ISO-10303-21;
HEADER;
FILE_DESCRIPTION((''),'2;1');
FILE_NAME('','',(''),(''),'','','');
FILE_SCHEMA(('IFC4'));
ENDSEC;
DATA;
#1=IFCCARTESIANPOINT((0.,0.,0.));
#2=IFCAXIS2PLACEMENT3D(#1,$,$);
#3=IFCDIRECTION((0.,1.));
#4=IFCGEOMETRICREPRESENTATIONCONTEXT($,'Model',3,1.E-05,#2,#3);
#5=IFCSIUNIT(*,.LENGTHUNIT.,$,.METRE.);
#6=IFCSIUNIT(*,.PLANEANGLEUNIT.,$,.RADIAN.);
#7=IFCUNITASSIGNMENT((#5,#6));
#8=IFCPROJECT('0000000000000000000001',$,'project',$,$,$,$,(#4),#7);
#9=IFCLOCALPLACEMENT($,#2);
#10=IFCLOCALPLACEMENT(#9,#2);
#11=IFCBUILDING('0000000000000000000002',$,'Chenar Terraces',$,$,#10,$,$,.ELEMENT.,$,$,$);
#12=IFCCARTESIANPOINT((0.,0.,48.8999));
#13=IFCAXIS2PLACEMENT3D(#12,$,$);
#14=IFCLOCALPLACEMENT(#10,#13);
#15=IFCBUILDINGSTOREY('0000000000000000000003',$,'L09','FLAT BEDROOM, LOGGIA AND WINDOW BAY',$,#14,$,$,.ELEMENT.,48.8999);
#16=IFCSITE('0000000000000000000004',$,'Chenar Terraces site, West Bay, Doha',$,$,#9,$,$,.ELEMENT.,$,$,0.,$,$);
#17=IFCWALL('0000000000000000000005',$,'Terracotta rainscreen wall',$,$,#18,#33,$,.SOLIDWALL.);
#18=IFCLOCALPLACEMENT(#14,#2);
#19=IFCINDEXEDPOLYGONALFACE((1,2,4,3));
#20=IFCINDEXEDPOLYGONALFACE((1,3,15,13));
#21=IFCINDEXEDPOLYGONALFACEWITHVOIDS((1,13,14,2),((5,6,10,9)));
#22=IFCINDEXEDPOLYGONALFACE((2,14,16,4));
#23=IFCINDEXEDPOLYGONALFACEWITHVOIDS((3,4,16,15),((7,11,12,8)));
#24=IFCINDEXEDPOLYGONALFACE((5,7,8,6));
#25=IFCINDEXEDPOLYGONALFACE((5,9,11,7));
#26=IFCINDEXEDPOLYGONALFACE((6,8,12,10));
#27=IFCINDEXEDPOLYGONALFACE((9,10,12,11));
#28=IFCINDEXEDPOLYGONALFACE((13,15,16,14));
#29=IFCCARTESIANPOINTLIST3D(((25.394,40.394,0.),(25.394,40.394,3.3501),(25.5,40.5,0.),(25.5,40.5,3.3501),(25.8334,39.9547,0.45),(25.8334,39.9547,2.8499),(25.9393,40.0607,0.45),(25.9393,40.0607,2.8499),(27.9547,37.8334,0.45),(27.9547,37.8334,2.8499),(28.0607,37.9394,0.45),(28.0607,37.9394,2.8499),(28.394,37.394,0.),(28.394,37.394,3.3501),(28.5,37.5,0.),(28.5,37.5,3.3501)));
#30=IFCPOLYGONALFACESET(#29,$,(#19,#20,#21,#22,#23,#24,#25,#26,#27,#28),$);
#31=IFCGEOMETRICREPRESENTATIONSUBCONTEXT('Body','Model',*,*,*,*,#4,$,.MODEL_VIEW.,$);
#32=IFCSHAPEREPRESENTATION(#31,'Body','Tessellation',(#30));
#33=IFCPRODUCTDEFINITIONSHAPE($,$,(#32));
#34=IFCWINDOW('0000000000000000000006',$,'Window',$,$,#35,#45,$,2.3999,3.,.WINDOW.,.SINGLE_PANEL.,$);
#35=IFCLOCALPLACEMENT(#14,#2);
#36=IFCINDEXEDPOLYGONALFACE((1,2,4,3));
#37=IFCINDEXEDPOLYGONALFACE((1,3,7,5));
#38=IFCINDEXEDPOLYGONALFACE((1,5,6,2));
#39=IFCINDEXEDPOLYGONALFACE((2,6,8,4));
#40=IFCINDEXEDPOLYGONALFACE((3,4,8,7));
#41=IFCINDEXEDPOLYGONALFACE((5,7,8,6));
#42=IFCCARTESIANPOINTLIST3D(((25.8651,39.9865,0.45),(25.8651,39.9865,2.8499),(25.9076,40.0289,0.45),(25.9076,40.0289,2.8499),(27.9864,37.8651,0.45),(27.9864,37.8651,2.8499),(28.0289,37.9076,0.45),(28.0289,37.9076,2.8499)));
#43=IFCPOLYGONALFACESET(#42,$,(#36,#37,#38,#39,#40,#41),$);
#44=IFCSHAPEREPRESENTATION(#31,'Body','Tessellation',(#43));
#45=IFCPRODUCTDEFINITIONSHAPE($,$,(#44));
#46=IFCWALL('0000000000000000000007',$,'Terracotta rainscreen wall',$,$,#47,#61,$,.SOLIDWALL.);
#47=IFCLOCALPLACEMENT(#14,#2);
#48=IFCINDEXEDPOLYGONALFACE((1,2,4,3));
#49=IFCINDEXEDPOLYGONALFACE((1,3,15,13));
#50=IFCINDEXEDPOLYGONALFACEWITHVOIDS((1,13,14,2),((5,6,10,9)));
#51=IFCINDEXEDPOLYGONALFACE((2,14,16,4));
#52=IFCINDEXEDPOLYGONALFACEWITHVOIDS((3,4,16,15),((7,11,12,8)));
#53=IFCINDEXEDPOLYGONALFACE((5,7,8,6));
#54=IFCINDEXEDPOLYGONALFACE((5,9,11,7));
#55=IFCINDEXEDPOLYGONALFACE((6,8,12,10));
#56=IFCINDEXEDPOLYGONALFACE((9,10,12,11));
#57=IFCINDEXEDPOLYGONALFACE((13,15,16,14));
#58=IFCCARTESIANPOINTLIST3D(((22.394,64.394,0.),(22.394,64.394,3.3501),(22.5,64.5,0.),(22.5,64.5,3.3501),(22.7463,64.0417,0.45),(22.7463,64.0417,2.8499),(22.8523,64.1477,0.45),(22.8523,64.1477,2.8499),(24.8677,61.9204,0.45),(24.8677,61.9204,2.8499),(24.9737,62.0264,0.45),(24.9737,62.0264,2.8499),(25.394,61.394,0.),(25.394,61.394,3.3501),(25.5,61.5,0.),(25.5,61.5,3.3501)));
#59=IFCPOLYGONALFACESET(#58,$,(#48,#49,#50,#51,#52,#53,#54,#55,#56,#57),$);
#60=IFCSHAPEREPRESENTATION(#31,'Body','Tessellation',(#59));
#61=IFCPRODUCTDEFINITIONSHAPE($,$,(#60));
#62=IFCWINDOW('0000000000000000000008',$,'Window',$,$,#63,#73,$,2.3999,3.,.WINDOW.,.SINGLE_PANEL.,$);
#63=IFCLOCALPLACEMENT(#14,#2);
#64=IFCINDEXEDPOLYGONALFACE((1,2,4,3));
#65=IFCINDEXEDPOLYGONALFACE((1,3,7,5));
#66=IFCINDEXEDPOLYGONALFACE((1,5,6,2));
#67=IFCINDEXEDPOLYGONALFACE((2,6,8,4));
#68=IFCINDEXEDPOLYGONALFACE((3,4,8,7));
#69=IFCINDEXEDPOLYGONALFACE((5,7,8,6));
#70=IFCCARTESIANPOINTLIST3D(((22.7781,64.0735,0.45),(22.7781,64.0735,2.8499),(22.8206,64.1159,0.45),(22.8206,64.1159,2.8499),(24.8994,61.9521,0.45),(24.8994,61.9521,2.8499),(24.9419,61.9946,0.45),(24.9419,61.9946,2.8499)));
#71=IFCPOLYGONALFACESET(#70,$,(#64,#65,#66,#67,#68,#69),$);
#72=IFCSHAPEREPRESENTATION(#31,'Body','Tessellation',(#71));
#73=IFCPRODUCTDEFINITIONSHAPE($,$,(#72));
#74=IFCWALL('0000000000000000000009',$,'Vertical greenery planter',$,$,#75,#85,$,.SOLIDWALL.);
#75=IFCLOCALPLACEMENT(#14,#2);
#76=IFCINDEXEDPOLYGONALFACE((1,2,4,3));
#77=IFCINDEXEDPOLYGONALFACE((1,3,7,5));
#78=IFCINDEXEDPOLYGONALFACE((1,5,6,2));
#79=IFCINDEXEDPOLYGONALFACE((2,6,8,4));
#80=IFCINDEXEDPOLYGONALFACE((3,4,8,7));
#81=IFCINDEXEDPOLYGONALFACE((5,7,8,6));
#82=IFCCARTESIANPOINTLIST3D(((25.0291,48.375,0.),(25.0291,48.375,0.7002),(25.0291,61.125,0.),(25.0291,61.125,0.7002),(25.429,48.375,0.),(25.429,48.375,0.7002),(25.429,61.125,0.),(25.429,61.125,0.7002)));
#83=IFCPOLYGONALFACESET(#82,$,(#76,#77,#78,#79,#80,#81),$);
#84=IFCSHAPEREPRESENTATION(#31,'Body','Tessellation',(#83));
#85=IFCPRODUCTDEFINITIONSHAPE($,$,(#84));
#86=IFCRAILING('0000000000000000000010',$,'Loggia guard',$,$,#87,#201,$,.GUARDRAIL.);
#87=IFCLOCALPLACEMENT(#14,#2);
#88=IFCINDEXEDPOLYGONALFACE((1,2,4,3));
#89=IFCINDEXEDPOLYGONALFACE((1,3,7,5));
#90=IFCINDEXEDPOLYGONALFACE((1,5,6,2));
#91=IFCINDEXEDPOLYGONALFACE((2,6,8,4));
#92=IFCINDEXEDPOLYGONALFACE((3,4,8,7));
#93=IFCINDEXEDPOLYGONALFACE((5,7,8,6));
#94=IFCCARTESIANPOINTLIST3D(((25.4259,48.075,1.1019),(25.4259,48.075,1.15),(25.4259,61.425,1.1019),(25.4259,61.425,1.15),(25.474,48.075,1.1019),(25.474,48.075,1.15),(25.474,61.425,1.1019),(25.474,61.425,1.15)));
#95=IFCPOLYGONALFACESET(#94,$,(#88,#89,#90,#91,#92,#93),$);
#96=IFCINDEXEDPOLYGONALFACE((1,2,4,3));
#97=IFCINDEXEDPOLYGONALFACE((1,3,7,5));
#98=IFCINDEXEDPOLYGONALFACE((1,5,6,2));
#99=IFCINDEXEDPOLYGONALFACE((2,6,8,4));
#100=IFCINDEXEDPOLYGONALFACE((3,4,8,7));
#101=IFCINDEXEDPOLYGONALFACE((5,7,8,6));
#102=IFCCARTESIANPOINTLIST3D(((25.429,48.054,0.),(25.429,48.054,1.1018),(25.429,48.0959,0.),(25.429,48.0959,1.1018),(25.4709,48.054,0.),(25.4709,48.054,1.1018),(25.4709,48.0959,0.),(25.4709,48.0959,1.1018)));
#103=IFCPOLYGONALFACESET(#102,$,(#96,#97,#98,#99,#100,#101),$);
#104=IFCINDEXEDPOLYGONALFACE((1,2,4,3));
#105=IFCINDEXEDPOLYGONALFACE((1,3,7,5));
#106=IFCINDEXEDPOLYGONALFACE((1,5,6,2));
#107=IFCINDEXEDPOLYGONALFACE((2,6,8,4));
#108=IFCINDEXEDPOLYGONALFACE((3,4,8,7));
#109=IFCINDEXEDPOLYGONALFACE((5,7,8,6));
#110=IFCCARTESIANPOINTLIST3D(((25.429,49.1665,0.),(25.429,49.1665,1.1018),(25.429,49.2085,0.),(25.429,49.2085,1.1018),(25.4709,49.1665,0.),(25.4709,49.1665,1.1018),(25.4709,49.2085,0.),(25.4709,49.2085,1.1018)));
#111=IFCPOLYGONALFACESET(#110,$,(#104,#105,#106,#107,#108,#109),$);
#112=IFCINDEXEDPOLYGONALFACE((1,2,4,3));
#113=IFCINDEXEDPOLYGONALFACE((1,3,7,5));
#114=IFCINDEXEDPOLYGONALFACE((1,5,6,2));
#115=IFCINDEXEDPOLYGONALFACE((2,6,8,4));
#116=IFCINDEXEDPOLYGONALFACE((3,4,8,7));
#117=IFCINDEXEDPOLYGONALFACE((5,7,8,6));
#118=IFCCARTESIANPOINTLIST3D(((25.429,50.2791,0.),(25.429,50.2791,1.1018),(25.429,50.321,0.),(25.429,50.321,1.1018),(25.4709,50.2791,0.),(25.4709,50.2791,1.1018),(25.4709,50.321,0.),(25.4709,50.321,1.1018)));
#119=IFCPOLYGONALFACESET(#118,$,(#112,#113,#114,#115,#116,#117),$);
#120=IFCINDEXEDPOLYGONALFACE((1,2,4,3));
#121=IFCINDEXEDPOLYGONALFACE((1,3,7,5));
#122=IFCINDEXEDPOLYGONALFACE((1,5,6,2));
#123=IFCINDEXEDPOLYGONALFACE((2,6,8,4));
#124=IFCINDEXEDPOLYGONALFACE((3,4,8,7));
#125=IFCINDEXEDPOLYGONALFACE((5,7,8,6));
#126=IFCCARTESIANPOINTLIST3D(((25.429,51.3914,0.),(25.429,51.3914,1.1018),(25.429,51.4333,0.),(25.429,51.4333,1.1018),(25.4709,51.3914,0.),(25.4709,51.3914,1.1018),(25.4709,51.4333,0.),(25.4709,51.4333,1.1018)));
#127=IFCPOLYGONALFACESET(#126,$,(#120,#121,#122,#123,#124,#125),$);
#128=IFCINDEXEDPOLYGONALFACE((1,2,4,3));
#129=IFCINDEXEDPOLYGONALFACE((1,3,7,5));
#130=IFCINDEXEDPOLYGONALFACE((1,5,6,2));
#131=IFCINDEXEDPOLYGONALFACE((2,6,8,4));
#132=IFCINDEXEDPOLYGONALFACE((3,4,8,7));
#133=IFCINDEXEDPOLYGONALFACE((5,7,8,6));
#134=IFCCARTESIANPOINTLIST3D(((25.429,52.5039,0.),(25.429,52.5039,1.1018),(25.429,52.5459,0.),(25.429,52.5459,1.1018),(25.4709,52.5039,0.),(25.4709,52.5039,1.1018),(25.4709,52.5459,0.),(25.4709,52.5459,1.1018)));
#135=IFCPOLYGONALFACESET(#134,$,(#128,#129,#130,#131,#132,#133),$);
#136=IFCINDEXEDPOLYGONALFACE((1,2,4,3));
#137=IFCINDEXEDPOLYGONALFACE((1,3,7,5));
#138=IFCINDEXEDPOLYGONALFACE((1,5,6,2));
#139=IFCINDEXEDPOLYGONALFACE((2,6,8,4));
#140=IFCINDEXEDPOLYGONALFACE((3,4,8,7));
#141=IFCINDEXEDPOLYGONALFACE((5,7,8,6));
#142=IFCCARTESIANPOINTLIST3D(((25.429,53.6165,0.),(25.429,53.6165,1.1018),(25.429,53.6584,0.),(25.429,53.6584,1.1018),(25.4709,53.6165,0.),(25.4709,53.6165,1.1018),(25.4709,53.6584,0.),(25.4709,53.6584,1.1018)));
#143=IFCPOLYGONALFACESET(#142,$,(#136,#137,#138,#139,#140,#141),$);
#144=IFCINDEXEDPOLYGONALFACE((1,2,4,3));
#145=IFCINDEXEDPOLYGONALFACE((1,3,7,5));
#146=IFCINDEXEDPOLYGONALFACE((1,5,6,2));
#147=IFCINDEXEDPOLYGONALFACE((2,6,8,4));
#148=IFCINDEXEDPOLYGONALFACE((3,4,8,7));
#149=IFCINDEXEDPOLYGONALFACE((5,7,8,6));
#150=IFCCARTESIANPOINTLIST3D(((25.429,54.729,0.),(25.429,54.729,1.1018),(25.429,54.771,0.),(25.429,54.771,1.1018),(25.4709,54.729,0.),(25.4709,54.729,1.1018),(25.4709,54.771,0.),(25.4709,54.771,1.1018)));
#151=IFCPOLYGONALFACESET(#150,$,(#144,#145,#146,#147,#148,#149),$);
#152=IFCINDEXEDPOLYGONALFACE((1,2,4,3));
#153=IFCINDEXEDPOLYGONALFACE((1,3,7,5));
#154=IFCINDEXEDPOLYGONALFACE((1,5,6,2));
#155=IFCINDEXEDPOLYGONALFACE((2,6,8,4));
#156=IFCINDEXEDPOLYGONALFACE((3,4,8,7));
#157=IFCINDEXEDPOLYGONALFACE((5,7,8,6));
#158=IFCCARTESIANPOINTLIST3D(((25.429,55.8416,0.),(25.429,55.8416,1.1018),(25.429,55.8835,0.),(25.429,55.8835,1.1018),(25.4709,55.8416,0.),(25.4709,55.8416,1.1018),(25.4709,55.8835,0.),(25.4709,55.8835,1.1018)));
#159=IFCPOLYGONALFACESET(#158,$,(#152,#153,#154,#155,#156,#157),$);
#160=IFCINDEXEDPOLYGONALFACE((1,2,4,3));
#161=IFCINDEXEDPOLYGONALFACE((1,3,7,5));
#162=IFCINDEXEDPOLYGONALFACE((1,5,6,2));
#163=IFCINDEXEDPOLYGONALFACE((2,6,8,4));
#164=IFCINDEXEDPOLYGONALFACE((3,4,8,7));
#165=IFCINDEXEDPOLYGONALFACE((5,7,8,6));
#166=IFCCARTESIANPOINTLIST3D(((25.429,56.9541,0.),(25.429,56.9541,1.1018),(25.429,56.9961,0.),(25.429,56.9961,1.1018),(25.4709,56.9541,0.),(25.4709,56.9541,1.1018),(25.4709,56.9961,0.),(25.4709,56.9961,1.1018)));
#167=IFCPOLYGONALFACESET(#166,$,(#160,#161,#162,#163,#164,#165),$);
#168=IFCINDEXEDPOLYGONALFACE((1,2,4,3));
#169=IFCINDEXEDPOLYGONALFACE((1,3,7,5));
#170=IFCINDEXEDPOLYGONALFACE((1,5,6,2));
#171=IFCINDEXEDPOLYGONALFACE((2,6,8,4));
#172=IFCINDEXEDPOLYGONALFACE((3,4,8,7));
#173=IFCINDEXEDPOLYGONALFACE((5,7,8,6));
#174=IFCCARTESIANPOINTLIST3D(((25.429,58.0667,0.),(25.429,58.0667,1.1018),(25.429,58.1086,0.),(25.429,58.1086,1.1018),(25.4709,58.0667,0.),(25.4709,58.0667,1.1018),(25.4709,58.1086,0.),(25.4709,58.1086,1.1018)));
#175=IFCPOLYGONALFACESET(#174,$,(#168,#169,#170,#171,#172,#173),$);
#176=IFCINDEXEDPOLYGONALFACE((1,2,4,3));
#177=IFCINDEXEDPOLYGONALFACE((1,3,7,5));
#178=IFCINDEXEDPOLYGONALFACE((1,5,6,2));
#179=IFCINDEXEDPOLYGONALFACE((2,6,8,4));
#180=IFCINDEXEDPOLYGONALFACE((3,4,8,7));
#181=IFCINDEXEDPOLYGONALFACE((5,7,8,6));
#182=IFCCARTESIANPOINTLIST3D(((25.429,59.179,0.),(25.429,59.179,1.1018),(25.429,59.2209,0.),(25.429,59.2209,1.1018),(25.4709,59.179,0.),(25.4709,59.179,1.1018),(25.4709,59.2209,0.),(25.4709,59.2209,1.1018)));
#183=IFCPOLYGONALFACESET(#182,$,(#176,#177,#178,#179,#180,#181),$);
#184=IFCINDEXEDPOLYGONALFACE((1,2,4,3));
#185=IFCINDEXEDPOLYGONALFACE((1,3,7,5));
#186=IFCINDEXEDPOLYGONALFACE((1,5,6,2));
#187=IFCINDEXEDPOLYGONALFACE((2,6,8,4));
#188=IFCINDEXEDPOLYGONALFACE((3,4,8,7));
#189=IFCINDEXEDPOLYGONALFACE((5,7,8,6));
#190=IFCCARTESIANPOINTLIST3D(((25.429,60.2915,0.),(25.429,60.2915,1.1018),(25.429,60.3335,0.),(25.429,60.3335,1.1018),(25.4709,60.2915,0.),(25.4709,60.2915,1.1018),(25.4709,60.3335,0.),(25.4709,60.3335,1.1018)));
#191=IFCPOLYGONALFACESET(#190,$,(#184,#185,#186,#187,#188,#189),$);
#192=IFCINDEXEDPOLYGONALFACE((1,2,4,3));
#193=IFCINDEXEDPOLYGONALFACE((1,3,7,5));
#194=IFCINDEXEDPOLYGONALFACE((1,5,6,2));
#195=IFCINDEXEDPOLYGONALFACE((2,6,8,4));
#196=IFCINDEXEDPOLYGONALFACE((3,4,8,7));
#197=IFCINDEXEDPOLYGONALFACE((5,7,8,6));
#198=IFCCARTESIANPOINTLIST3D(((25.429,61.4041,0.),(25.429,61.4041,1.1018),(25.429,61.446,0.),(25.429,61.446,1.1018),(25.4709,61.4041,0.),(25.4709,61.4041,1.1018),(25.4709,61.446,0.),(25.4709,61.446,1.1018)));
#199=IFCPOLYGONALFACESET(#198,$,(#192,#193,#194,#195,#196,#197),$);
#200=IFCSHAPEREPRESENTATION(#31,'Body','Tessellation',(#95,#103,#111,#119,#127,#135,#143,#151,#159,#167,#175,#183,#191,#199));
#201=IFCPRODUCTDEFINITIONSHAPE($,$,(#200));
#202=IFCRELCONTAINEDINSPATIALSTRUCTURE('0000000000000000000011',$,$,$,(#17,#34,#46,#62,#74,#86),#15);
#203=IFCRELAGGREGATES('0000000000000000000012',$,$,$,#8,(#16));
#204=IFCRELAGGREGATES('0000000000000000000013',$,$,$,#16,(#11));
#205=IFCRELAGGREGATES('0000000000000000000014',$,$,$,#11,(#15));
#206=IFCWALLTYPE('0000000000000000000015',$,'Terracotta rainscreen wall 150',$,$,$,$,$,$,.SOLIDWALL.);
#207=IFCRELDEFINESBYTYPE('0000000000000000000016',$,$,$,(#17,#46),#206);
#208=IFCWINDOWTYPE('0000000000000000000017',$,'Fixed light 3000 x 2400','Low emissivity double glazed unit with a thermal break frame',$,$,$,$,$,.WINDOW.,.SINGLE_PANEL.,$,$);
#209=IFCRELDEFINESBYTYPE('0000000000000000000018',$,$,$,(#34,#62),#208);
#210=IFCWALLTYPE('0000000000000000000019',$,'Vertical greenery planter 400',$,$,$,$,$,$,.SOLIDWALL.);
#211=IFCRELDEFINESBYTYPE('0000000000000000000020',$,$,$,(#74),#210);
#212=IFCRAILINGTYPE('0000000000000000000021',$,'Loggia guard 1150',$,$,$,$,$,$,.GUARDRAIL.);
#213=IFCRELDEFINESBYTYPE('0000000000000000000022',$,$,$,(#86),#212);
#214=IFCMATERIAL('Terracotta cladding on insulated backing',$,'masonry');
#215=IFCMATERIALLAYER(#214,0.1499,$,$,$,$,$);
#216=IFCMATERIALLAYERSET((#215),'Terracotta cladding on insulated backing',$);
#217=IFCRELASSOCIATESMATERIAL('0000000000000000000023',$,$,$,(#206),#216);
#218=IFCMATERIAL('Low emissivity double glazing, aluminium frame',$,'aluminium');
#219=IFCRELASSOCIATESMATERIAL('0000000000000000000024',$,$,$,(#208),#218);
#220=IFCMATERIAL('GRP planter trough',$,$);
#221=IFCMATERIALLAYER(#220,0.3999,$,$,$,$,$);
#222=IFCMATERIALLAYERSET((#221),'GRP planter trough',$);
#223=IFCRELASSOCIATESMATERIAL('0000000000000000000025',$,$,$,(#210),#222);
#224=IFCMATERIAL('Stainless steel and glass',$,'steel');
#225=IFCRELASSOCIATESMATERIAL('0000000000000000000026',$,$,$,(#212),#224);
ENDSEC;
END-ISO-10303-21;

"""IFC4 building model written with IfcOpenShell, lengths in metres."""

from ifc_helpers import new_model, si_unit, direction, frame, frame_2d, origin, origin_2d, place, context, subcontext, project, spatial, rectangle, extrude, material, layer, layer_set, type_object, element, fill, save


model = new_model("IFC4")

# Units and contexts
model_context = context("Model", 3, precision=1e-05, world=origin(), true_north=direction((0.0, 1.0)))
body_context = subcontext(model_context, "Body", "Model", "MODEL_VIEW")
ifc_project = project(units=[si_unit("LENGTHUNIT", "METRE"), si_unit("PLANEANGLEUNIT", "RADIAN")], contexts=[model_context])

# Site, building, storey
site_placement = place(None, origin())
site = spatial("IfcSite", under=ifc_project, at=site_placement, Name="Chenar Terraces site, West Bay, Doha", CompositionType="ELEMENT", RefElevation=0.0)
building_placement = place(site_placement, origin())
building = spatial("IfcBuilding", under=site, at=building_placement, Name="Chenar Terraces", CompositionType="ELEMENT")
storey_placement = place(building_placement, frame((0.0, 0.0, 48.8999)))
storey = spatial("IfcBuildingStorey", under=building, at=storey_placement, Name="L09", Description="FLAT BEDROOM, LOGGIA AND WINDOW BAY", CompositionType="ELEMENT", Elevation=48.8999)

# Walls, openings, windows
ifc_material_1 = material(Name="Terracotta cladding on insulated backing", Category="masonry")
ifc_layer_1 = layer(ifc_material_1, 0.1499)
ifc_layer_set_1 = layer_set([ifc_layer_1], Name="Terracotta cladding on insulated backing")
wall_type_1 = type_object("IfcWallType", Name="Terracotta rainscreen wall 150", PredefinedType="SOLIDWALL", material=ifc_layer_set_1)
wall_1_placement = place(storey_placement, frame((28.447, 37.447, 0.0), z_axis=(0.0, 0.0, 1.0), x_axis=(-0.707107, 0.707107, 0.0)))
wall_1 = element("IfcWall", 1, at=wall_1_placement, inside=storey, type_object=wall_type_1, Name="Terracotta rainscreen wall", PredefinedType="SOLIDWALL", context=body_context, shape_type="SweptSolid", body=[
    extrude(rectangle(XDim=4.2427, YDim=0.1499, at=frame_2d((2.1213, 0.0))), origin(), (0.0, 0.0, 1.0), 3.3501),
])
opening_1_placement = place(wall_1_placement, frame((0.6213, 0.0, 0.45)))
opening_1 = element("IfcOpeningElement", 2, at=opening_1_placement, cuts=wall_1, PredefinedType="OPENING", context=body_context, shape_type="SweptSolid", body=[
    extrude(rectangle(XDim=3.0, YDim=2.3999, at=frame_2d((1.5, 1.2))), frame((0.0, 0.085, 0.0), z_axis=(0.0, -1.0, 0.0), x_axis=(1.0, 0.0, 0.0)), (0.0, 0.0, 1.0), 0.1699),
])
ifc_material_2 = material(Name="Low emissivity double glazing, aluminium frame", Category="aluminium")
window_type_1 = type_object("IfcWindowType", Name="Fixed light 3000 x 2400", Description="Low emissivity double glazed unit with a thermal break frame", PartitioningType="SINGLE_PANEL", PredefinedType="WINDOW", material=ifc_material_2)
window_1_placement = place(opening_1_placement, origin())
window_1 = element("IfcWindow", 3, at=window_1_placement, inside=storey, type_object=window_type_1, Name="Window", OverallHeight=2.3999, OverallWidth=3.0, PartitioningType="SINGLE_PANEL", PredefinedType="WINDOW", context=body_context, shape_type="SweptSolid", body=[
    extrude(rectangle(XDim=3.0, YDim=2.3999, at=frame_2d((1.5, 1.2))), frame((0.0, 0.03, 0.0), z_axis=(0.0, -1.0, 0.0), x_axis=(1.0, 0.0, 0.0)), (0.0, 0.0, 1.0), 0.0601),
])
fill(opening_1, window_1)
wall_2_placement = place(storey_placement, frame((25.447, 61.447, 0.0), z_axis=(0.0, 0.0, 1.0), x_axis=(-0.707107, 0.707107, 0.0)))
wall_2 = element("IfcWall", 4, at=wall_2_placement, inside=storey, type_object=wall_type_1, Name="Terracotta rainscreen wall", PredefinedType="SOLIDWALL", context=body_context, shape_type="SweptSolid", body=[
    extrude(rectangle(XDim=4.2427, YDim=0.1499, at=frame_2d((2.1213, 0.0))), origin(), (0.0, 0.0, 1.0), 3.3501),
])
opening_2_placement = place(wall_2_placement, frame((0.7444, 0.0, 0.45)))
opening_2 = element("IfcOpeningElement", 5, at=opening_2_placement, cuts=wall_2, PredefinedType="OPENING", context=body_context, shape_type="SweptSolid", body=[
    extrude(rectangle(XDim=3.0, YDim=2.3999, at=frame_2d((1.5, 1.2))), frame((0.0, 0.085, 0.0), z_axis=(0.0, -1.0, 0.0), x_axis=(1.0, 0.0, 0.0)), (0.0, 0.0, 1.0), 0.1699),
])
window_2_placement = place(opening_2_placement, origin())
window_2 = element("IfcWindow", 6, at=window_2_placement, inside=storey, type_object=window_type_1, Name="Window", OverallHeight=2.3999, OverallWidth=3.0, PartitioningType="SINGLE_PANEL", PredefinedType="WINDOW", context=body_context, shape_type="SweptSolid", body=[
    extrude(rectangle(XDim=3.0, YDim=2.3999, at=frame_2d((1.5, 1.2))), frame((0.0, 0.03, 0.0), z_axis=(0.0, -1.0, 0.0), x_axis=(1.0, 0.0, 0.0)), (0.0, 0.0, 1.0), 0.0601),
])
fill(opening_2, window_2)

# Wall
ifc_material_3 = material(Name="GRP planter trough")
ifc_layer_2 = layer(ifc_material_3, 0.3999)
ifc_layer_set_2 = layer_set([ifc_layer_2], Name="GRP planter trough")
wall_type_2 = type_object("IfcWallType", Name="Vertical greenery planter 400", PredefinedType="SOLIDWALL", material=ifc_layer_set_2)
wall_3_placement = place(storey_placement, frame((25.229, 48.375, 0.0), z_axis=(0.0, 0.0, 1.0), x_axis=(0.0, 1.0, 0.0)))
element("IfcWall", 7, at=wall_3_placement, inside=storey, type_object=wall_type_2, Name="Vertical greenery planter", PredefinedType="SOLIDWALL", context=body_context, shape_type="SweptSolid", body=[
    extrude(rectangle(XDim=12.75, YDim=0.3999, at=frame_2d((6.375, 0.0))), origin(), (0.0, 0.0, 1.0), 0.7002),
])

# Railing
ifc_material_4 = material(Name="Stainless steel and glass", Category="steel")
railing_type = type_object("IfcRailingType", Name="Loggia guard 1150", PredefinedType="GUARDRAIL", material=ifc_material_4)
railing_placement = place(storey_placement, frame((25.45, 48.075, 0.0)))
element("IfcRailing", 8, at=railing_placement, inside=storey, type_object=railing_type, Name="Loggia guard", PredefinedType="GUARDRAIL", context=body_context, shape_type="SweptSolid", body=[
    extrude(rectangle(XDim=0.0481, YDim=0.0481, at=origin_2d()), frame((0.0, 0.0, 1.126), z_axis=(0.0, 1.0, 0.0), x_axis=(-1.0, 0.0, 0.0)), (0.0, 0.0, 1.0), 13.3501),
    extrude(rectangle(XDim=0.042, YDim=0.042, at=origin_2d()), origin(), (0.0, 0.0, 1.0), 1.1018),
    extrude(rectangle(XDim=0.042, YDim=0.042, at=origin_2d()), frame((0.0, 1.1125, 0.0)), (0.0, 0.0, 1.0), 1.1018),
    extrude(rectangle(XDim=0.042, YDim=0.042, at=origin_2d()), frame((0.0, 2.2251, 0.0)), (0.0, 0.0, 1.0), 1.1018),
    extrude(rectangle(XDim=0.042, YDim=0.042, at=origin_2d()), frame((0.0, 3.3374, 0.0)), (0.0, 0.0, 1.0), 1.1018),
    extrude(rectangle(XDim=0.042, YDim=0.042, at=origin_2d()), frame((0.0, 4.45, 0.0)), (0.0, 0.0, 1.0), 1.1018),
    extrude(rectangle(XDim=0.042, YDim=0.042, at=origin_2d()), frame((0.0, 5.5625, 0.0)), (0.0, 0.0, 1.0), 1.1018),
    extrude(rectangle(XDim=0.042, YDim=0.042, at=origin_2d()), frame((0.0, 6.675, 0.0)), (0.0, 0.0, 1.0), 1.1018),
    extrude(rectangle(XDim=0.042, YDim=0.042, at=origin_2d()), frame((0.0, 7.7876, 0.0)), (0.0, 0.0, 1.0), 1.1018),
    extrude(rectangle(XDim=0.042, YDim=0.042, at=origin_2d()), frame((0.0, 8.9001, 0.0)), (0.0, 0.0, 1.0), 1.1018),
    extrude(rectangle(XDim=0.042, YDim=0.042, at=origin_2d()), frame((0.0, 10.0127, 0.0)), (0.0, 0.0, 1.0), 1.1018),
    extrude(rectangle(XDim=0.042, YDim=0.042, at=origin_2d()), frame((0.0, 11.125, 0.0)), (0.0, 0.0, 1.0), 1.1018),
    extrude(rectangle(XDim=0.042, YDim=0.042, at=origin_2d()), frame((0.0, 12.2375, 0.0)), (0.0, 0.0, 1.0), 1.1018),
    extrude(rectangle(XDim=0.042, YDim=0.042, at=origin_2d()), frame((0.0, 13.3501, 0.0)), (0.0, 0.0, 1.0), 1.1018),
])

save(model, "model.ifc")
